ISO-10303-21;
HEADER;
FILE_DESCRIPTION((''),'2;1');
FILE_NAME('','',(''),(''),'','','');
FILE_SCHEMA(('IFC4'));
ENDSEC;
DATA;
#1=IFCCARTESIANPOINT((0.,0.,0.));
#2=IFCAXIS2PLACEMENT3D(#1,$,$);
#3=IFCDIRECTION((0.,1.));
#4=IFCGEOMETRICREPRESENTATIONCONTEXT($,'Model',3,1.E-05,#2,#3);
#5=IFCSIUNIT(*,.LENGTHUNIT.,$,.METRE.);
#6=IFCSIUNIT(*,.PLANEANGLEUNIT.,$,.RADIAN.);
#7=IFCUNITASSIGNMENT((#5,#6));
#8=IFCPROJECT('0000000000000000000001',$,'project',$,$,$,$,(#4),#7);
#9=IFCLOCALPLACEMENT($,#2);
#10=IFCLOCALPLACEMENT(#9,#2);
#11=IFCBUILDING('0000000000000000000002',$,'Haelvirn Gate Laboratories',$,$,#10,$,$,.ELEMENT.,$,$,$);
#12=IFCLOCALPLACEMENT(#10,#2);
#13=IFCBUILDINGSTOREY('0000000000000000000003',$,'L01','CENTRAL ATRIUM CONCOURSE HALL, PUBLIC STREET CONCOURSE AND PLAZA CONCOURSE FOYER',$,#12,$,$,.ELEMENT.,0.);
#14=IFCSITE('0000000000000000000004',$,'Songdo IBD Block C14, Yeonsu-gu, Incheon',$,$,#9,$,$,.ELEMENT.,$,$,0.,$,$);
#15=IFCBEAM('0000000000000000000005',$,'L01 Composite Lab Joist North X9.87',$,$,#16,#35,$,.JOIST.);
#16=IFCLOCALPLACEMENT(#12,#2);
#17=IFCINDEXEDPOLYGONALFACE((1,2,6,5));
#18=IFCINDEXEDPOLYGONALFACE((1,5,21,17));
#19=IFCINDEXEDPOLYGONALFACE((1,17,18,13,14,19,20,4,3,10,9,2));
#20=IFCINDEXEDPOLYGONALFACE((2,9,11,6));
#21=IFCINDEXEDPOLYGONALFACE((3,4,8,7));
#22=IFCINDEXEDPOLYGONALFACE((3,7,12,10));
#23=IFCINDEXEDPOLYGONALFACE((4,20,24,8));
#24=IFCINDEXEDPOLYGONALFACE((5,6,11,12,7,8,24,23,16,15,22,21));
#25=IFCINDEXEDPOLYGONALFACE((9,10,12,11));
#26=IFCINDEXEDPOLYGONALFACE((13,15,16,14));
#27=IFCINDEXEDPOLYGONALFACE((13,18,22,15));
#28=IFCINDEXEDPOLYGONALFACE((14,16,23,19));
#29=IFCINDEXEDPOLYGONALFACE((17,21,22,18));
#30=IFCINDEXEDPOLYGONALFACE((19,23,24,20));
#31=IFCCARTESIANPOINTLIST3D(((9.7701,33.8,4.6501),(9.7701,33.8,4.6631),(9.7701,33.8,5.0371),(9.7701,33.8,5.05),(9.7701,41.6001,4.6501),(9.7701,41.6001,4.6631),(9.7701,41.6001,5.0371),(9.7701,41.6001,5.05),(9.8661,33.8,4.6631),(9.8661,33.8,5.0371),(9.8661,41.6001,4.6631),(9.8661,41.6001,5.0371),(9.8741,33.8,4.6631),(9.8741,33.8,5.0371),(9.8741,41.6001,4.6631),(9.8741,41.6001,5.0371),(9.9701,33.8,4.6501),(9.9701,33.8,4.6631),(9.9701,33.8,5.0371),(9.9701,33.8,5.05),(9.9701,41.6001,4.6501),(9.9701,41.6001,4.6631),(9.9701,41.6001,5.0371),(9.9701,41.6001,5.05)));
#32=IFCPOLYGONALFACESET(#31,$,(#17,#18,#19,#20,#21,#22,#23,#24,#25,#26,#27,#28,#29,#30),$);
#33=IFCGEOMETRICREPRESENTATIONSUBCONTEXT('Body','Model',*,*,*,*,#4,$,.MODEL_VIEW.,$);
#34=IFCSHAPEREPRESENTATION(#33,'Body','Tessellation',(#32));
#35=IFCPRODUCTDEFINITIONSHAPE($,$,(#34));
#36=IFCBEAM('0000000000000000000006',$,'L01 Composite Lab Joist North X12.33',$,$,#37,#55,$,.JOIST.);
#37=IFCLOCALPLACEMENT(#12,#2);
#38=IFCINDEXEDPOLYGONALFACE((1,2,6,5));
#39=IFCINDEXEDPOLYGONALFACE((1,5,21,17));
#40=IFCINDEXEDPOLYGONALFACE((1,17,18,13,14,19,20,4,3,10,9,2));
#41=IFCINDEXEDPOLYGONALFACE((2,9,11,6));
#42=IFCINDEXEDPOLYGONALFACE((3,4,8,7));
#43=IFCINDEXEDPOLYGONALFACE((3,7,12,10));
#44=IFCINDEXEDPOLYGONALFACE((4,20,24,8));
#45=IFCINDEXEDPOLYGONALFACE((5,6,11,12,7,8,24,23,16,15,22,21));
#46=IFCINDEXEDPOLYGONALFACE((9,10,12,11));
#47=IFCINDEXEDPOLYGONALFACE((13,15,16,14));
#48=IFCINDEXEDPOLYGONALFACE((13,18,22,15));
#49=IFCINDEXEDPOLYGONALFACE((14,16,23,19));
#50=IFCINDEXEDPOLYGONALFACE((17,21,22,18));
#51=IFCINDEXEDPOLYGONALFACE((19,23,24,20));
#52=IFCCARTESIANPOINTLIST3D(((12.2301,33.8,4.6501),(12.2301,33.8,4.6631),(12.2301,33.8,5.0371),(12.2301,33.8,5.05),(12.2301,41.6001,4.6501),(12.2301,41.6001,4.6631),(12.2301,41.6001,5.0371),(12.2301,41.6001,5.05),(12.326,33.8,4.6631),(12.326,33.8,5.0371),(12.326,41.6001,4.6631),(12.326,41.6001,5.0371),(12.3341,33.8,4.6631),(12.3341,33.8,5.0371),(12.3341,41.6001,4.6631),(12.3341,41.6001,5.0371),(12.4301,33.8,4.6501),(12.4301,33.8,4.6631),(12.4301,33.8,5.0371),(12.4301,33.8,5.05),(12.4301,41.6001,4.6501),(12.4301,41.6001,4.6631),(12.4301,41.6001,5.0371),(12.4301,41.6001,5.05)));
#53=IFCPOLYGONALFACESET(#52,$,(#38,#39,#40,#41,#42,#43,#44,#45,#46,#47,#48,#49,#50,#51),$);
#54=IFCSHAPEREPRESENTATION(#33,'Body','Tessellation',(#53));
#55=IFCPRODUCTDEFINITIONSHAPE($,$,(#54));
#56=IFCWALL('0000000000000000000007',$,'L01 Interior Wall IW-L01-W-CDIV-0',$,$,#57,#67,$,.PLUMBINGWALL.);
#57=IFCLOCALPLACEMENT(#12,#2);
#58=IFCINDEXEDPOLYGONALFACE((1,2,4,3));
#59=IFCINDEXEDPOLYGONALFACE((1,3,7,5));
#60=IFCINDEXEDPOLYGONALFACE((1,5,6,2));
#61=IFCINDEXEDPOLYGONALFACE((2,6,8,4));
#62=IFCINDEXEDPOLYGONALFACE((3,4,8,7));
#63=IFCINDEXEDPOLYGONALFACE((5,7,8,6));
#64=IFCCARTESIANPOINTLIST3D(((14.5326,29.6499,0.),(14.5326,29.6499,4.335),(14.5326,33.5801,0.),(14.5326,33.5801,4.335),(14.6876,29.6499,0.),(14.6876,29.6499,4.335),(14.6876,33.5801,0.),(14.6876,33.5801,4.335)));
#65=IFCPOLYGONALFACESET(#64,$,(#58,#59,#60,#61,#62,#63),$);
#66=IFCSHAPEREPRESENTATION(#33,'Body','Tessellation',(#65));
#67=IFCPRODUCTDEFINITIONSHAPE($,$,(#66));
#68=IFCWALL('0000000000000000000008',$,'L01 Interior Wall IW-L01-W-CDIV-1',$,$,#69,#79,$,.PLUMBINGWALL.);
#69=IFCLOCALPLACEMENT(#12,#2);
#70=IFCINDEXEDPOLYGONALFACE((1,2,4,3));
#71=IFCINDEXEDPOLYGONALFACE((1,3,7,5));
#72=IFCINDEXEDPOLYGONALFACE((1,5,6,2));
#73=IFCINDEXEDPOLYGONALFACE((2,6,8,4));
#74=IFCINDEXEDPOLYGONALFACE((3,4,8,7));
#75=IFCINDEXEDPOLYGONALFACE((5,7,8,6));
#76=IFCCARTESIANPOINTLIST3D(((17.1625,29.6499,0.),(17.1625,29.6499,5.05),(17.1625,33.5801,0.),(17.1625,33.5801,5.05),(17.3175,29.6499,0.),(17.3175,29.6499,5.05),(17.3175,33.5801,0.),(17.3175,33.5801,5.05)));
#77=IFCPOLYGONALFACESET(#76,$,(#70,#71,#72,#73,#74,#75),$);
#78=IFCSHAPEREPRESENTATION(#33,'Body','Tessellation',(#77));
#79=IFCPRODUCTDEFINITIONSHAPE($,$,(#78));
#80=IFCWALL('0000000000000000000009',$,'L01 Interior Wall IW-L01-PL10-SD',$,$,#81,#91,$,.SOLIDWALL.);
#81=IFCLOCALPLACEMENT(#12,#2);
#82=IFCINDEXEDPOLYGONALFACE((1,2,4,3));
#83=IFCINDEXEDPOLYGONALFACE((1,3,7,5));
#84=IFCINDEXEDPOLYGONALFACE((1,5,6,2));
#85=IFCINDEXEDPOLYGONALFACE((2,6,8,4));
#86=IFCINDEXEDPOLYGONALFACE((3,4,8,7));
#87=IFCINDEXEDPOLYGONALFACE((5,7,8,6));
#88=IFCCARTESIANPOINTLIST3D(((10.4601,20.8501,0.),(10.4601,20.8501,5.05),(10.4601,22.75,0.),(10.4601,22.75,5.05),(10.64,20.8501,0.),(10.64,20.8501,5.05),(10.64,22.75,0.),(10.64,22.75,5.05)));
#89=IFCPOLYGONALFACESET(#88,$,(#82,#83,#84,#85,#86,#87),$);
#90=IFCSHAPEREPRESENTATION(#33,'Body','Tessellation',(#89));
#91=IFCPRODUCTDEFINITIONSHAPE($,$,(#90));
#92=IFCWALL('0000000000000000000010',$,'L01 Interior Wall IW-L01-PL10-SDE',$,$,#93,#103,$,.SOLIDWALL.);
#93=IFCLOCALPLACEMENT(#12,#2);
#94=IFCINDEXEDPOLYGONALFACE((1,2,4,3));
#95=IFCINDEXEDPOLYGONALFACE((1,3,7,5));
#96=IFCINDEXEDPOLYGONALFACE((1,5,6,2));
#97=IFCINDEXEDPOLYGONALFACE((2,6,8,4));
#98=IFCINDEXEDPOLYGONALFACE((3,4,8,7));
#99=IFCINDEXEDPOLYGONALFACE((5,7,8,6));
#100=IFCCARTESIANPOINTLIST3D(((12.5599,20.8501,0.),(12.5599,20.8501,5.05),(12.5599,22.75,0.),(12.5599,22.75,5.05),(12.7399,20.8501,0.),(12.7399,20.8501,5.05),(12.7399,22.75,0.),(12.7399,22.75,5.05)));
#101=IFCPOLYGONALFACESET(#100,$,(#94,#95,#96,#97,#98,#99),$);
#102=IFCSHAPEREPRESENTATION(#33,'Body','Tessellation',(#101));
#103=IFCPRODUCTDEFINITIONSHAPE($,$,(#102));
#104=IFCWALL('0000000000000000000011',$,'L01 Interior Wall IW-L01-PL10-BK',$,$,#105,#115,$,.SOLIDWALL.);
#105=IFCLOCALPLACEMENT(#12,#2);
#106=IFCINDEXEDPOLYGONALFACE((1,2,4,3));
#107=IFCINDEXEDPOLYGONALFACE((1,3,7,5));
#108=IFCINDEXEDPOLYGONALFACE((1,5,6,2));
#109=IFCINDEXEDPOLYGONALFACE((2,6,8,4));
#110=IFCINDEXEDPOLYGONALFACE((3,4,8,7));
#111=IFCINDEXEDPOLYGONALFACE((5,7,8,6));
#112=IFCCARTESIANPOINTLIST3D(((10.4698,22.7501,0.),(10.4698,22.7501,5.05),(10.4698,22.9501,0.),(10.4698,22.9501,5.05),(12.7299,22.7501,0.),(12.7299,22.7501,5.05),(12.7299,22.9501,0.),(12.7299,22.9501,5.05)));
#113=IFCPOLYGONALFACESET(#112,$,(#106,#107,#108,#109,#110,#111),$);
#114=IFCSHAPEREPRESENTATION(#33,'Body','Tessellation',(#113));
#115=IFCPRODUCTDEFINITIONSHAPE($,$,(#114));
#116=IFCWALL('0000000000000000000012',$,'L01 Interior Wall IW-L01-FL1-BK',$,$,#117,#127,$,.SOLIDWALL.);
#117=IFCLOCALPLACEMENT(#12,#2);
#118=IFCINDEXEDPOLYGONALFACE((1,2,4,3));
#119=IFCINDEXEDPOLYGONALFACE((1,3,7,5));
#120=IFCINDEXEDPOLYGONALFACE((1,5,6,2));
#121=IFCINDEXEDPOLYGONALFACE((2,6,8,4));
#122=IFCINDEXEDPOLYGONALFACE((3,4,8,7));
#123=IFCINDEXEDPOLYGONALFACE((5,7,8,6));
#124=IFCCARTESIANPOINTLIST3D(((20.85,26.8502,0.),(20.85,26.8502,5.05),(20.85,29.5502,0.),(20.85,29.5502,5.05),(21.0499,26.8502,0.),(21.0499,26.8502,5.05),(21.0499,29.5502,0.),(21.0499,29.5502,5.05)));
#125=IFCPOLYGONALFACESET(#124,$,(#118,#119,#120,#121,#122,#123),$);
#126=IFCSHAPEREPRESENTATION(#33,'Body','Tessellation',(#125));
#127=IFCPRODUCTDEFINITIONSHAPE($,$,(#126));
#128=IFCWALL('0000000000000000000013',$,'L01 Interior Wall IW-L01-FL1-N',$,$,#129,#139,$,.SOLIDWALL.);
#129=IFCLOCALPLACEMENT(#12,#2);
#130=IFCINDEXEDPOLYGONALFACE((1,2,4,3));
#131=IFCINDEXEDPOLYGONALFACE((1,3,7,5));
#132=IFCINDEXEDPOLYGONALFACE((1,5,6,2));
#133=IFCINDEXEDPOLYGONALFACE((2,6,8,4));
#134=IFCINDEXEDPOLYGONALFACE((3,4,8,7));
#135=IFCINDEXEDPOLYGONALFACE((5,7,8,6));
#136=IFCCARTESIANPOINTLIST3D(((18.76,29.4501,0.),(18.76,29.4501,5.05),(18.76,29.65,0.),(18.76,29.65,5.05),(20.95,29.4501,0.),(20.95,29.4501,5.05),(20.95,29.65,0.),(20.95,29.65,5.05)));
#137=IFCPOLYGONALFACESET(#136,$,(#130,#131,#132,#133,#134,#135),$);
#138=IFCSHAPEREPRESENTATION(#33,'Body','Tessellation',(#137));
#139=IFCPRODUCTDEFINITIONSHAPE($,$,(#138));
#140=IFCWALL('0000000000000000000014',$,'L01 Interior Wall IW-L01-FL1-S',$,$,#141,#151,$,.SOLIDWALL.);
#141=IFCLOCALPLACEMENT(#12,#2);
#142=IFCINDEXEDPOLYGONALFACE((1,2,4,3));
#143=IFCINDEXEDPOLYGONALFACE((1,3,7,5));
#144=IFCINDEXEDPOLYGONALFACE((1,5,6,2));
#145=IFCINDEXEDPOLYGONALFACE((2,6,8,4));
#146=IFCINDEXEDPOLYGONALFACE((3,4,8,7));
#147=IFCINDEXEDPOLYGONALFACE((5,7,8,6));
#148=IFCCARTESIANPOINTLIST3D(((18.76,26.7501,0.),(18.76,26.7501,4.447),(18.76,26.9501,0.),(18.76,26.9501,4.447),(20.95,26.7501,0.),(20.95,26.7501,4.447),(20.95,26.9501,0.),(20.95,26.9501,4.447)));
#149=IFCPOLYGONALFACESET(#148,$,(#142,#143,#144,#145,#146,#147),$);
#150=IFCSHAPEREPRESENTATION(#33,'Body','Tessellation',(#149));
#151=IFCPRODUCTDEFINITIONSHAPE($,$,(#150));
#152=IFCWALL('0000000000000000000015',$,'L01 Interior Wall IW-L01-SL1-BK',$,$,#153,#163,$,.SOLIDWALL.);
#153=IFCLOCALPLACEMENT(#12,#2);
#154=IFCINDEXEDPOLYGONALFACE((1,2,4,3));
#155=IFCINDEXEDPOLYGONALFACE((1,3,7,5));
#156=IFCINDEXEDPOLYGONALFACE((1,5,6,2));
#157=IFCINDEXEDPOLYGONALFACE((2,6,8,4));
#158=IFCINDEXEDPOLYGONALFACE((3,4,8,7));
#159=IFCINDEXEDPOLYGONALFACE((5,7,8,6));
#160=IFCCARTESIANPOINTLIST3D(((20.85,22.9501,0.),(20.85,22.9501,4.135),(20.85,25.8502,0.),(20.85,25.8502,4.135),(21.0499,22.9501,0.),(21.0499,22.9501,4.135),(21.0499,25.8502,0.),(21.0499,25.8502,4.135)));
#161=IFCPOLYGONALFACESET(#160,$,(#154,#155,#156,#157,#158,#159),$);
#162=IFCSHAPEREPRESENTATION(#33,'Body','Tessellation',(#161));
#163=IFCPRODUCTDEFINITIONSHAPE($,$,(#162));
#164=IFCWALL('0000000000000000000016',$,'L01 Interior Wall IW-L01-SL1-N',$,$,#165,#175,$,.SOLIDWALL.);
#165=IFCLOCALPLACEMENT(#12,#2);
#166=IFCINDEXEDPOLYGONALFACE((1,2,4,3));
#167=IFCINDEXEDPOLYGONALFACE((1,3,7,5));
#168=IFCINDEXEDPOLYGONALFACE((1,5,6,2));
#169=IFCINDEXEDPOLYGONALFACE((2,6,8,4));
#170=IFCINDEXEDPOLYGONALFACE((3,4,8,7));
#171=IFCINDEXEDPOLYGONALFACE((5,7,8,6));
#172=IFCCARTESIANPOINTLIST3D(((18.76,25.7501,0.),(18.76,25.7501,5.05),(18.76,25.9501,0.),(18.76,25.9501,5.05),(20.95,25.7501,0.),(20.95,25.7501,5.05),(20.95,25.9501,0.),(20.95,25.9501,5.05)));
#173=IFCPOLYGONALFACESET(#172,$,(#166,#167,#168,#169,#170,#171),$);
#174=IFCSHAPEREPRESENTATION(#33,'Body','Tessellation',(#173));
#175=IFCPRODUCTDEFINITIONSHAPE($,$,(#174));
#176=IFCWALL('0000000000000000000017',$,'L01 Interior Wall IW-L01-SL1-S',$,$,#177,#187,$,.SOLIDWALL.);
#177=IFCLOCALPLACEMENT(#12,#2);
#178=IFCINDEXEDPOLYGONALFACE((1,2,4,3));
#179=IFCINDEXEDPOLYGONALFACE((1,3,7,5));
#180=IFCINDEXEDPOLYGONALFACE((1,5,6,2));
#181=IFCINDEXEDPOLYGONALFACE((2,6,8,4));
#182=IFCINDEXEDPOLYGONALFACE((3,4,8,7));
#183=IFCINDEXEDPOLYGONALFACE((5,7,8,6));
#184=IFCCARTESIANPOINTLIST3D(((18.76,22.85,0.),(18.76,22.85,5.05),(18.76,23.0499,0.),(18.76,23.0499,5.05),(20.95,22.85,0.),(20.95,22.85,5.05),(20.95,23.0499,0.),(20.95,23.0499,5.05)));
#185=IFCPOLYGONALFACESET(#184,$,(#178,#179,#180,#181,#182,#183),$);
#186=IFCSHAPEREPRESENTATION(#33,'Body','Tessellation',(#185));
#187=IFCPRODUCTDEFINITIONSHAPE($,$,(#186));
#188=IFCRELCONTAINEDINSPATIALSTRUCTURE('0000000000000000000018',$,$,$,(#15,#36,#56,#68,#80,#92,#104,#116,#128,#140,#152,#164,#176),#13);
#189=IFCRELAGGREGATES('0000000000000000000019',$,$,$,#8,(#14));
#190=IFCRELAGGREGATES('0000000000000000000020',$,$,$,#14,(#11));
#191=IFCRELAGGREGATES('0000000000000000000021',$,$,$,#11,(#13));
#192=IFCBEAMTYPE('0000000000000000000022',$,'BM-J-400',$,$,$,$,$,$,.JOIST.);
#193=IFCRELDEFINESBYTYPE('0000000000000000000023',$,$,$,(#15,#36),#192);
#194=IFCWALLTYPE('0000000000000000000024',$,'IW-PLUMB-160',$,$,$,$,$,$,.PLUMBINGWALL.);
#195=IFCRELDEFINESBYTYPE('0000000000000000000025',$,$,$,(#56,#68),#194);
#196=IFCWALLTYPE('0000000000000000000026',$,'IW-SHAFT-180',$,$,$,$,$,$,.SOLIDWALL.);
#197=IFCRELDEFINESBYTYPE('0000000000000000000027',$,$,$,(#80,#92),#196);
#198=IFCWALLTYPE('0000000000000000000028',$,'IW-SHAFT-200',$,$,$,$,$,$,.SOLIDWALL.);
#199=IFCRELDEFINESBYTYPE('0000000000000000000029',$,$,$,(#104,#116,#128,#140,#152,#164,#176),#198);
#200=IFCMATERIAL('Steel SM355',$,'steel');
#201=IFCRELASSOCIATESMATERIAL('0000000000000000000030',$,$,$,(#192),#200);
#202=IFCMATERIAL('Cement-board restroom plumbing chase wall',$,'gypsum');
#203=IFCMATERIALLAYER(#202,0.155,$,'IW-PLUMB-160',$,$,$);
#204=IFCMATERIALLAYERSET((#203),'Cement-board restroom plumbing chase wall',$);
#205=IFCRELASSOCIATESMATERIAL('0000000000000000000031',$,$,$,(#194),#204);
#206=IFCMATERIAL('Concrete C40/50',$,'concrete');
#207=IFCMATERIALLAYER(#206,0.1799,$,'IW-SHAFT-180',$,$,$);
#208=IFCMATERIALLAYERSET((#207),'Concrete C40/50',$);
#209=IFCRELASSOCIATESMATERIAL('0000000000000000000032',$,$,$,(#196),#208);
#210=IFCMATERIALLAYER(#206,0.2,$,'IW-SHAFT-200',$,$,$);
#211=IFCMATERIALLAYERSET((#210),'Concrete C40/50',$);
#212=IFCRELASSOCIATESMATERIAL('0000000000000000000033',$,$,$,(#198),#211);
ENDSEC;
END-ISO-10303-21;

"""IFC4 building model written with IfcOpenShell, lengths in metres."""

from ifc_helpers import new_model, si_unit, direction, frame, frame_2d, origin, origin_2d, place, context, subcontext, project, spatial, rectangle, i_section, extrude, source, transform, mapped, material, layer, layer_set, material_profile, profile_set, type_object, type_shapes, element, save


model = new_model("IFC4")

# Units and contexts
model_context = context("Model", 3, precision=1e-05, world=origin(), true_north=direction((0.0, 1.0)))
body_context = subcontext(model_context, "Body", "Model", "MODEL_VIEW")
ifc_project = project(units=[si_unit("LENGTHUNIT", "METRE"), si_unit("PLANEANGLEUNIT", "RADIAN")], contexts=[model_context])

# Site, building, storey
site_placement = place(None, origin())
site = spatial("IfcSite", under=ifc_project, at=site_placement, Name="Songdo IBD Block C14, Yeonsu-gu, Incheon", CompositionType="ELEMENT", RefElevation=0.0)
building_placement = place(site_placement, origin())
building = spatial("IfcBuilding", under=site, at=building_placement, Name="Haelvirn Gate Laboratories", CompositionType="ELEMENT")
storey_placement = place(building_placement, origin())
storey = spatial("IfcBuildingStorey", under=building, at=storey_placement, Name="L01", Description="CENTRAL ATRIUM CONCOURSE HALL, PUBLIC STREET CONCOURSE AND PLAZA CONCOURSE FOYER", CompositionType="ELEMENT", Elevation=0.0)

# Beams
ifc_material_1 = material(Name="Steel SM355", Category="steel")
ifc_material_profile = material_profile(ifc_material_1, i_section(OverallWidth=0.2, OverallDepth=0.3999, WebThickness=0.0081, FlangeThickness=0.0129, at=origin_2d()), Name="H-400x200x8x13")
ifc_profile_set = profile_set([ifc_material_profile], Name="Steel SM355")
beam_type = type_object("IfcBeamType", Name="BM-J-400", PredefinedType="JOIST", material=ifc_profile_set)
shared_shape_1 = source(origin(), body_context, "Body", "SweptSolid", [
    extrude(i_section(OverallWidth=0.2, OverallDepth=0.3999, WebThickness=0.0081, FlangeThickness=0.0129, at=origin_2d()), origin(), (0.0, 0.0, 1.0), 7.8),
])
type_shapes(beam_type, [shared_shape_1])
for number, where, z_axis, x_axis, name in (
    (1, (9.8701, 33.8, 4.8501), (0.0, 1.0, 0.0), (-1.0, 0.0, 0.0), "L01 Composite Lab Joist North X9.87"),
    (2, (12.3301, 33.8, 4.8501), (0.0, 1.0, 0.0), (-1.0, 0.0, 0.0), "L01 Composite Lab Joist North X12.33"),
):
    element("IfcBeam", number, at=place(storey_placement, frame(where, z_axis=z_axis, x_axis=x_axis)), inside=storey, type_object=beam_type, Name=name, PredefinedType="JOIST", context=body_context, shape_type="MappedRepresentation", body=[
        mapped(shared_shape_1, transform((0.0, 0.0, 0.0), scale=1.0)),
    ])

# Walls
ifc_material_2 = material(Name="Cement-board restroom plumbing chase wall", Category="gypsum")
ifc_layer_1 = layer(ifc_material_2, 0.155, Name="IW-PLUMB-160")
ifc_layer_set_1 = layer_set([ifc_layer_1], Name="Cement-board restroom plumbing chase wall")
wall_type_1 = type_object("IfcWallType", Name="IW-PLUMB-160", PredefinedType="PLUMBINGWALL", material=ifc_layer_set_1)
wall_1_placement = place(storey_placement, frame((14.6101, 29.6499, 0.0), z_axis=(0.0, 0.0, 1.0), x_axis=(0.0, 1.0, 0.0)))
element("IfcWall", 3, at=wall_1_placement, inside=storey, type_object=wall_type_1, Name="L01 Interior Wall IW-L01-W-CDIV-0", PredefinedType="PLUMBINGWALL", context=body_context, shape_type="SweptSolid", body=[
    extrude(rectangle(XDim=3.9302, YDim=0.155, at=frame_2d((1.9651, 0.0))), origin(), (0.0, 0.0, 1.0), 4.335),
])
wall_2_placement = place(storey_placement, frame((17.24, 29.6499, 0.0), z_axis=(0.0, 0.0, 1.0), x_axis=(0.0, 1.0, 0.0)))
element("IfcWall", 4, at=wall_2_placement, inside=storey, type_object=wall_type_1, Name="L01 Interior Wall IW-L01-W-CDIV-1", PredefinedType="PLUMBINGWALL", context=body_context, shape_type="SweptSolid", body=[
    extrude(rectangle(XDim=3.9302, YDim=0.155, at=frame_2d((1.9651, 0.0))), origin(), (0.0, 0.0, 1.0), 5.05),
])
ifc_material_3 = material(Name="Concrete C40/50", Category="concrete")
ifc_layer_2 = layer(ifc_material_3, 0.1799, Name="IW-SHAFT-180")
ifc_layer_set_2 = layer_set([ifc_layer_2], Name="Concrete C40/50")
wall_type_2 = type_object("IfcWallType", Name="IW-SHAFT-180", PredefinedType="SOLIDWALL", material=ifc_layer_set_2)
for number, where, z_axis, x_axis, name in (
    (5, (10.55, 20.8501, 0.0), (0.0, 0.0, 1.0), (0.0, 1.0, 0.0), "L01 Interior Wall IW-L01-PL10-SD"),
    (6, (12.6499, 20.8501, 0.0), (0.0, 0.0, 1.0), (0.0, 1.0, 0.0), "L01 Interior Wall IW-L01-PL10-SDE"),
):
    element("IfcWall", number, at=place(storey_placement, frame(where, z_axis=z_axis, x_axis=x_axis)), inside=storey, type_object=wall_type_2, Name=name, PredefinedType="SOLIDWALL", context=body_context, shape_type="SweptSolid", body=[
        extrude(rectangle(XDim=1.8999, YDim=0.1799, at=frame_2d((0.95, 0.0))), origin(), (0.0, 0.0, 1.0), 5.05),
    ])
ifc_layer_3 = layer(ifc_material_3, 0.2, Name="IW-SHAFT-200")
ifc_layer_set_3 = layer_set([ifc_layer_3], Name="Concrete C40/50")
wall_type_3 = type_object("IfcWallType", Name="IW-SHAFT-200", PredefinedType="SOLIDWALL", material=ifc_layer_set_3)
wall_3_placement = place(storey_placement, frame((10.47, 22.8501, 0.0), z_axis=(0.0, 0.0, 1.0), x_axis=(1.0, 0.0, 0.0)))
element("IfcWall", 7, at=wall_3_placement, inside=storey, type_object=wall_type_3, Name="L01 Interior Wall IW-L01-PL10-BK", PredefinedType="SOLIDWALL", context=body_context, shape_type="SweptSolid", body=[
    extrude(rectangle(XDim=2.26, YDim=0.2, at=frame_2d((1.1299, 0.0))), origin(), (0.0, 0.0, 1.0), 5.05),
])
wall_4_placement = place(storey_placement, frame((20.95, 26.8501, 0.0), z_axis=(0.0, 0.0, 1.0), x_axis=(0.0, 1.0, 0.0)))
element("IfcWall", 8, at=wall_4_placement, inside=storey, type_object=wall_type_3, Name="L01 Interior Wall IW-L01-FL1-BK", PredefinedType="SOLIDWALL", context=body_context, shape_type="SweptSolid", body=[
    extrude(rectangle(XDim=2.7, YDim=0.2, at=frame_2d((1.3501, 0.0))), origin(), (0.0, 0.0, 1.0), 5.05),
])
wall_5_placement = place(storey_placement, frame((18.76, 29.55, 0.0), z_axis=(0.0, 0.0, 1.0), x_axis=(1.0, 0.0, 0.0)))
element("IfcWall", 9, at=wall_5_placement, inside=storey, type_object=wall_type_3, Name="L01 Interior Wall IW-L01-FL1-N", PredefinedType="SOLIDWALL", context=body_context, shape_type="SweptSolid", body=[
    extrude(rectangle(XDim=2.1899, YDim=0.2, at=frame_2d((1.095, 0.0))), origin(), (0.0, 0.0, 1.0), 5.05),
])
wall_6_placement = place(storey_placement, frame((18.76, 26.8501, 0.0), z_axis=(0.0, 0.0, 1.0), x_axis=(1.0, 0.0, 0.0)))
element("IfcWall", 10, at=wall_6_placement, inside=storey, type_object=wall_type_3, Name="L01 Interior Wall IW-L01-FL1-S", PredefinedType="SOLIDWALL", context=body_context, shape_type="SweptSolid", body=[
    extrude(rectangle(XDim=2.1899, YDim=0.2, at=frame_2d((1.095, 0.0))), origin(), (0.0, 0.0, 1.0), 4.447),
])
wall_7_placement = place(storey_placement, frame((20.95, 22.95, 0.0), z_axis=(0.0, 0.0, 1.0), x_axis=(0.0, 1.0, 0.0)))
element("IfcWall", 11, at=wall_7_placement, inside=storey, type_object=wall_type_3, Name="L01 Interior Wall IW-L01-SL1-BK", PredefinedType="SOLIDWALL", context=body_context, shape_type="SweptSolid", body=[
    extrude(rectangle(XDim=2.9001, YDim=0.2, at=frame_2d((1.4502, 0.0))), origin(), (0.0, 0.0, 1.0), 4.135),
])
for number, where, z_axis, x_axis, name in (
    (12, (18.76, 25.8501, 0.0), (0.0, 0.0, 1.0), (1.0, 0.0, 0.0), "L01 Interior Wall IW-L01-SL1-N"),
    (13, (18.76, 22.95, 0.0), (0.0, 0.0, 1.0), (1.0, 0.0, 0.0), "L01 Interior Wall IW-L01-SL1-S"),
):
    element("IfcWall", number, at=place(storey_placement, frame(where, z_axis=z_axis, x_axis=x_axis)), inside=storey, type_object=wall_type_3, Name=name, PredefinedType="SOLIDWALL", context=body_context, shape_type="SweptSolid", body=[
        extrude(rectangle(XDim=2.1899, YDim=0.2, at=frame_2d((1.095, 0.0))), origin(), (0.0, 0.0, 1.0), 5.05),
    ])

save(model, "model.ifc")
